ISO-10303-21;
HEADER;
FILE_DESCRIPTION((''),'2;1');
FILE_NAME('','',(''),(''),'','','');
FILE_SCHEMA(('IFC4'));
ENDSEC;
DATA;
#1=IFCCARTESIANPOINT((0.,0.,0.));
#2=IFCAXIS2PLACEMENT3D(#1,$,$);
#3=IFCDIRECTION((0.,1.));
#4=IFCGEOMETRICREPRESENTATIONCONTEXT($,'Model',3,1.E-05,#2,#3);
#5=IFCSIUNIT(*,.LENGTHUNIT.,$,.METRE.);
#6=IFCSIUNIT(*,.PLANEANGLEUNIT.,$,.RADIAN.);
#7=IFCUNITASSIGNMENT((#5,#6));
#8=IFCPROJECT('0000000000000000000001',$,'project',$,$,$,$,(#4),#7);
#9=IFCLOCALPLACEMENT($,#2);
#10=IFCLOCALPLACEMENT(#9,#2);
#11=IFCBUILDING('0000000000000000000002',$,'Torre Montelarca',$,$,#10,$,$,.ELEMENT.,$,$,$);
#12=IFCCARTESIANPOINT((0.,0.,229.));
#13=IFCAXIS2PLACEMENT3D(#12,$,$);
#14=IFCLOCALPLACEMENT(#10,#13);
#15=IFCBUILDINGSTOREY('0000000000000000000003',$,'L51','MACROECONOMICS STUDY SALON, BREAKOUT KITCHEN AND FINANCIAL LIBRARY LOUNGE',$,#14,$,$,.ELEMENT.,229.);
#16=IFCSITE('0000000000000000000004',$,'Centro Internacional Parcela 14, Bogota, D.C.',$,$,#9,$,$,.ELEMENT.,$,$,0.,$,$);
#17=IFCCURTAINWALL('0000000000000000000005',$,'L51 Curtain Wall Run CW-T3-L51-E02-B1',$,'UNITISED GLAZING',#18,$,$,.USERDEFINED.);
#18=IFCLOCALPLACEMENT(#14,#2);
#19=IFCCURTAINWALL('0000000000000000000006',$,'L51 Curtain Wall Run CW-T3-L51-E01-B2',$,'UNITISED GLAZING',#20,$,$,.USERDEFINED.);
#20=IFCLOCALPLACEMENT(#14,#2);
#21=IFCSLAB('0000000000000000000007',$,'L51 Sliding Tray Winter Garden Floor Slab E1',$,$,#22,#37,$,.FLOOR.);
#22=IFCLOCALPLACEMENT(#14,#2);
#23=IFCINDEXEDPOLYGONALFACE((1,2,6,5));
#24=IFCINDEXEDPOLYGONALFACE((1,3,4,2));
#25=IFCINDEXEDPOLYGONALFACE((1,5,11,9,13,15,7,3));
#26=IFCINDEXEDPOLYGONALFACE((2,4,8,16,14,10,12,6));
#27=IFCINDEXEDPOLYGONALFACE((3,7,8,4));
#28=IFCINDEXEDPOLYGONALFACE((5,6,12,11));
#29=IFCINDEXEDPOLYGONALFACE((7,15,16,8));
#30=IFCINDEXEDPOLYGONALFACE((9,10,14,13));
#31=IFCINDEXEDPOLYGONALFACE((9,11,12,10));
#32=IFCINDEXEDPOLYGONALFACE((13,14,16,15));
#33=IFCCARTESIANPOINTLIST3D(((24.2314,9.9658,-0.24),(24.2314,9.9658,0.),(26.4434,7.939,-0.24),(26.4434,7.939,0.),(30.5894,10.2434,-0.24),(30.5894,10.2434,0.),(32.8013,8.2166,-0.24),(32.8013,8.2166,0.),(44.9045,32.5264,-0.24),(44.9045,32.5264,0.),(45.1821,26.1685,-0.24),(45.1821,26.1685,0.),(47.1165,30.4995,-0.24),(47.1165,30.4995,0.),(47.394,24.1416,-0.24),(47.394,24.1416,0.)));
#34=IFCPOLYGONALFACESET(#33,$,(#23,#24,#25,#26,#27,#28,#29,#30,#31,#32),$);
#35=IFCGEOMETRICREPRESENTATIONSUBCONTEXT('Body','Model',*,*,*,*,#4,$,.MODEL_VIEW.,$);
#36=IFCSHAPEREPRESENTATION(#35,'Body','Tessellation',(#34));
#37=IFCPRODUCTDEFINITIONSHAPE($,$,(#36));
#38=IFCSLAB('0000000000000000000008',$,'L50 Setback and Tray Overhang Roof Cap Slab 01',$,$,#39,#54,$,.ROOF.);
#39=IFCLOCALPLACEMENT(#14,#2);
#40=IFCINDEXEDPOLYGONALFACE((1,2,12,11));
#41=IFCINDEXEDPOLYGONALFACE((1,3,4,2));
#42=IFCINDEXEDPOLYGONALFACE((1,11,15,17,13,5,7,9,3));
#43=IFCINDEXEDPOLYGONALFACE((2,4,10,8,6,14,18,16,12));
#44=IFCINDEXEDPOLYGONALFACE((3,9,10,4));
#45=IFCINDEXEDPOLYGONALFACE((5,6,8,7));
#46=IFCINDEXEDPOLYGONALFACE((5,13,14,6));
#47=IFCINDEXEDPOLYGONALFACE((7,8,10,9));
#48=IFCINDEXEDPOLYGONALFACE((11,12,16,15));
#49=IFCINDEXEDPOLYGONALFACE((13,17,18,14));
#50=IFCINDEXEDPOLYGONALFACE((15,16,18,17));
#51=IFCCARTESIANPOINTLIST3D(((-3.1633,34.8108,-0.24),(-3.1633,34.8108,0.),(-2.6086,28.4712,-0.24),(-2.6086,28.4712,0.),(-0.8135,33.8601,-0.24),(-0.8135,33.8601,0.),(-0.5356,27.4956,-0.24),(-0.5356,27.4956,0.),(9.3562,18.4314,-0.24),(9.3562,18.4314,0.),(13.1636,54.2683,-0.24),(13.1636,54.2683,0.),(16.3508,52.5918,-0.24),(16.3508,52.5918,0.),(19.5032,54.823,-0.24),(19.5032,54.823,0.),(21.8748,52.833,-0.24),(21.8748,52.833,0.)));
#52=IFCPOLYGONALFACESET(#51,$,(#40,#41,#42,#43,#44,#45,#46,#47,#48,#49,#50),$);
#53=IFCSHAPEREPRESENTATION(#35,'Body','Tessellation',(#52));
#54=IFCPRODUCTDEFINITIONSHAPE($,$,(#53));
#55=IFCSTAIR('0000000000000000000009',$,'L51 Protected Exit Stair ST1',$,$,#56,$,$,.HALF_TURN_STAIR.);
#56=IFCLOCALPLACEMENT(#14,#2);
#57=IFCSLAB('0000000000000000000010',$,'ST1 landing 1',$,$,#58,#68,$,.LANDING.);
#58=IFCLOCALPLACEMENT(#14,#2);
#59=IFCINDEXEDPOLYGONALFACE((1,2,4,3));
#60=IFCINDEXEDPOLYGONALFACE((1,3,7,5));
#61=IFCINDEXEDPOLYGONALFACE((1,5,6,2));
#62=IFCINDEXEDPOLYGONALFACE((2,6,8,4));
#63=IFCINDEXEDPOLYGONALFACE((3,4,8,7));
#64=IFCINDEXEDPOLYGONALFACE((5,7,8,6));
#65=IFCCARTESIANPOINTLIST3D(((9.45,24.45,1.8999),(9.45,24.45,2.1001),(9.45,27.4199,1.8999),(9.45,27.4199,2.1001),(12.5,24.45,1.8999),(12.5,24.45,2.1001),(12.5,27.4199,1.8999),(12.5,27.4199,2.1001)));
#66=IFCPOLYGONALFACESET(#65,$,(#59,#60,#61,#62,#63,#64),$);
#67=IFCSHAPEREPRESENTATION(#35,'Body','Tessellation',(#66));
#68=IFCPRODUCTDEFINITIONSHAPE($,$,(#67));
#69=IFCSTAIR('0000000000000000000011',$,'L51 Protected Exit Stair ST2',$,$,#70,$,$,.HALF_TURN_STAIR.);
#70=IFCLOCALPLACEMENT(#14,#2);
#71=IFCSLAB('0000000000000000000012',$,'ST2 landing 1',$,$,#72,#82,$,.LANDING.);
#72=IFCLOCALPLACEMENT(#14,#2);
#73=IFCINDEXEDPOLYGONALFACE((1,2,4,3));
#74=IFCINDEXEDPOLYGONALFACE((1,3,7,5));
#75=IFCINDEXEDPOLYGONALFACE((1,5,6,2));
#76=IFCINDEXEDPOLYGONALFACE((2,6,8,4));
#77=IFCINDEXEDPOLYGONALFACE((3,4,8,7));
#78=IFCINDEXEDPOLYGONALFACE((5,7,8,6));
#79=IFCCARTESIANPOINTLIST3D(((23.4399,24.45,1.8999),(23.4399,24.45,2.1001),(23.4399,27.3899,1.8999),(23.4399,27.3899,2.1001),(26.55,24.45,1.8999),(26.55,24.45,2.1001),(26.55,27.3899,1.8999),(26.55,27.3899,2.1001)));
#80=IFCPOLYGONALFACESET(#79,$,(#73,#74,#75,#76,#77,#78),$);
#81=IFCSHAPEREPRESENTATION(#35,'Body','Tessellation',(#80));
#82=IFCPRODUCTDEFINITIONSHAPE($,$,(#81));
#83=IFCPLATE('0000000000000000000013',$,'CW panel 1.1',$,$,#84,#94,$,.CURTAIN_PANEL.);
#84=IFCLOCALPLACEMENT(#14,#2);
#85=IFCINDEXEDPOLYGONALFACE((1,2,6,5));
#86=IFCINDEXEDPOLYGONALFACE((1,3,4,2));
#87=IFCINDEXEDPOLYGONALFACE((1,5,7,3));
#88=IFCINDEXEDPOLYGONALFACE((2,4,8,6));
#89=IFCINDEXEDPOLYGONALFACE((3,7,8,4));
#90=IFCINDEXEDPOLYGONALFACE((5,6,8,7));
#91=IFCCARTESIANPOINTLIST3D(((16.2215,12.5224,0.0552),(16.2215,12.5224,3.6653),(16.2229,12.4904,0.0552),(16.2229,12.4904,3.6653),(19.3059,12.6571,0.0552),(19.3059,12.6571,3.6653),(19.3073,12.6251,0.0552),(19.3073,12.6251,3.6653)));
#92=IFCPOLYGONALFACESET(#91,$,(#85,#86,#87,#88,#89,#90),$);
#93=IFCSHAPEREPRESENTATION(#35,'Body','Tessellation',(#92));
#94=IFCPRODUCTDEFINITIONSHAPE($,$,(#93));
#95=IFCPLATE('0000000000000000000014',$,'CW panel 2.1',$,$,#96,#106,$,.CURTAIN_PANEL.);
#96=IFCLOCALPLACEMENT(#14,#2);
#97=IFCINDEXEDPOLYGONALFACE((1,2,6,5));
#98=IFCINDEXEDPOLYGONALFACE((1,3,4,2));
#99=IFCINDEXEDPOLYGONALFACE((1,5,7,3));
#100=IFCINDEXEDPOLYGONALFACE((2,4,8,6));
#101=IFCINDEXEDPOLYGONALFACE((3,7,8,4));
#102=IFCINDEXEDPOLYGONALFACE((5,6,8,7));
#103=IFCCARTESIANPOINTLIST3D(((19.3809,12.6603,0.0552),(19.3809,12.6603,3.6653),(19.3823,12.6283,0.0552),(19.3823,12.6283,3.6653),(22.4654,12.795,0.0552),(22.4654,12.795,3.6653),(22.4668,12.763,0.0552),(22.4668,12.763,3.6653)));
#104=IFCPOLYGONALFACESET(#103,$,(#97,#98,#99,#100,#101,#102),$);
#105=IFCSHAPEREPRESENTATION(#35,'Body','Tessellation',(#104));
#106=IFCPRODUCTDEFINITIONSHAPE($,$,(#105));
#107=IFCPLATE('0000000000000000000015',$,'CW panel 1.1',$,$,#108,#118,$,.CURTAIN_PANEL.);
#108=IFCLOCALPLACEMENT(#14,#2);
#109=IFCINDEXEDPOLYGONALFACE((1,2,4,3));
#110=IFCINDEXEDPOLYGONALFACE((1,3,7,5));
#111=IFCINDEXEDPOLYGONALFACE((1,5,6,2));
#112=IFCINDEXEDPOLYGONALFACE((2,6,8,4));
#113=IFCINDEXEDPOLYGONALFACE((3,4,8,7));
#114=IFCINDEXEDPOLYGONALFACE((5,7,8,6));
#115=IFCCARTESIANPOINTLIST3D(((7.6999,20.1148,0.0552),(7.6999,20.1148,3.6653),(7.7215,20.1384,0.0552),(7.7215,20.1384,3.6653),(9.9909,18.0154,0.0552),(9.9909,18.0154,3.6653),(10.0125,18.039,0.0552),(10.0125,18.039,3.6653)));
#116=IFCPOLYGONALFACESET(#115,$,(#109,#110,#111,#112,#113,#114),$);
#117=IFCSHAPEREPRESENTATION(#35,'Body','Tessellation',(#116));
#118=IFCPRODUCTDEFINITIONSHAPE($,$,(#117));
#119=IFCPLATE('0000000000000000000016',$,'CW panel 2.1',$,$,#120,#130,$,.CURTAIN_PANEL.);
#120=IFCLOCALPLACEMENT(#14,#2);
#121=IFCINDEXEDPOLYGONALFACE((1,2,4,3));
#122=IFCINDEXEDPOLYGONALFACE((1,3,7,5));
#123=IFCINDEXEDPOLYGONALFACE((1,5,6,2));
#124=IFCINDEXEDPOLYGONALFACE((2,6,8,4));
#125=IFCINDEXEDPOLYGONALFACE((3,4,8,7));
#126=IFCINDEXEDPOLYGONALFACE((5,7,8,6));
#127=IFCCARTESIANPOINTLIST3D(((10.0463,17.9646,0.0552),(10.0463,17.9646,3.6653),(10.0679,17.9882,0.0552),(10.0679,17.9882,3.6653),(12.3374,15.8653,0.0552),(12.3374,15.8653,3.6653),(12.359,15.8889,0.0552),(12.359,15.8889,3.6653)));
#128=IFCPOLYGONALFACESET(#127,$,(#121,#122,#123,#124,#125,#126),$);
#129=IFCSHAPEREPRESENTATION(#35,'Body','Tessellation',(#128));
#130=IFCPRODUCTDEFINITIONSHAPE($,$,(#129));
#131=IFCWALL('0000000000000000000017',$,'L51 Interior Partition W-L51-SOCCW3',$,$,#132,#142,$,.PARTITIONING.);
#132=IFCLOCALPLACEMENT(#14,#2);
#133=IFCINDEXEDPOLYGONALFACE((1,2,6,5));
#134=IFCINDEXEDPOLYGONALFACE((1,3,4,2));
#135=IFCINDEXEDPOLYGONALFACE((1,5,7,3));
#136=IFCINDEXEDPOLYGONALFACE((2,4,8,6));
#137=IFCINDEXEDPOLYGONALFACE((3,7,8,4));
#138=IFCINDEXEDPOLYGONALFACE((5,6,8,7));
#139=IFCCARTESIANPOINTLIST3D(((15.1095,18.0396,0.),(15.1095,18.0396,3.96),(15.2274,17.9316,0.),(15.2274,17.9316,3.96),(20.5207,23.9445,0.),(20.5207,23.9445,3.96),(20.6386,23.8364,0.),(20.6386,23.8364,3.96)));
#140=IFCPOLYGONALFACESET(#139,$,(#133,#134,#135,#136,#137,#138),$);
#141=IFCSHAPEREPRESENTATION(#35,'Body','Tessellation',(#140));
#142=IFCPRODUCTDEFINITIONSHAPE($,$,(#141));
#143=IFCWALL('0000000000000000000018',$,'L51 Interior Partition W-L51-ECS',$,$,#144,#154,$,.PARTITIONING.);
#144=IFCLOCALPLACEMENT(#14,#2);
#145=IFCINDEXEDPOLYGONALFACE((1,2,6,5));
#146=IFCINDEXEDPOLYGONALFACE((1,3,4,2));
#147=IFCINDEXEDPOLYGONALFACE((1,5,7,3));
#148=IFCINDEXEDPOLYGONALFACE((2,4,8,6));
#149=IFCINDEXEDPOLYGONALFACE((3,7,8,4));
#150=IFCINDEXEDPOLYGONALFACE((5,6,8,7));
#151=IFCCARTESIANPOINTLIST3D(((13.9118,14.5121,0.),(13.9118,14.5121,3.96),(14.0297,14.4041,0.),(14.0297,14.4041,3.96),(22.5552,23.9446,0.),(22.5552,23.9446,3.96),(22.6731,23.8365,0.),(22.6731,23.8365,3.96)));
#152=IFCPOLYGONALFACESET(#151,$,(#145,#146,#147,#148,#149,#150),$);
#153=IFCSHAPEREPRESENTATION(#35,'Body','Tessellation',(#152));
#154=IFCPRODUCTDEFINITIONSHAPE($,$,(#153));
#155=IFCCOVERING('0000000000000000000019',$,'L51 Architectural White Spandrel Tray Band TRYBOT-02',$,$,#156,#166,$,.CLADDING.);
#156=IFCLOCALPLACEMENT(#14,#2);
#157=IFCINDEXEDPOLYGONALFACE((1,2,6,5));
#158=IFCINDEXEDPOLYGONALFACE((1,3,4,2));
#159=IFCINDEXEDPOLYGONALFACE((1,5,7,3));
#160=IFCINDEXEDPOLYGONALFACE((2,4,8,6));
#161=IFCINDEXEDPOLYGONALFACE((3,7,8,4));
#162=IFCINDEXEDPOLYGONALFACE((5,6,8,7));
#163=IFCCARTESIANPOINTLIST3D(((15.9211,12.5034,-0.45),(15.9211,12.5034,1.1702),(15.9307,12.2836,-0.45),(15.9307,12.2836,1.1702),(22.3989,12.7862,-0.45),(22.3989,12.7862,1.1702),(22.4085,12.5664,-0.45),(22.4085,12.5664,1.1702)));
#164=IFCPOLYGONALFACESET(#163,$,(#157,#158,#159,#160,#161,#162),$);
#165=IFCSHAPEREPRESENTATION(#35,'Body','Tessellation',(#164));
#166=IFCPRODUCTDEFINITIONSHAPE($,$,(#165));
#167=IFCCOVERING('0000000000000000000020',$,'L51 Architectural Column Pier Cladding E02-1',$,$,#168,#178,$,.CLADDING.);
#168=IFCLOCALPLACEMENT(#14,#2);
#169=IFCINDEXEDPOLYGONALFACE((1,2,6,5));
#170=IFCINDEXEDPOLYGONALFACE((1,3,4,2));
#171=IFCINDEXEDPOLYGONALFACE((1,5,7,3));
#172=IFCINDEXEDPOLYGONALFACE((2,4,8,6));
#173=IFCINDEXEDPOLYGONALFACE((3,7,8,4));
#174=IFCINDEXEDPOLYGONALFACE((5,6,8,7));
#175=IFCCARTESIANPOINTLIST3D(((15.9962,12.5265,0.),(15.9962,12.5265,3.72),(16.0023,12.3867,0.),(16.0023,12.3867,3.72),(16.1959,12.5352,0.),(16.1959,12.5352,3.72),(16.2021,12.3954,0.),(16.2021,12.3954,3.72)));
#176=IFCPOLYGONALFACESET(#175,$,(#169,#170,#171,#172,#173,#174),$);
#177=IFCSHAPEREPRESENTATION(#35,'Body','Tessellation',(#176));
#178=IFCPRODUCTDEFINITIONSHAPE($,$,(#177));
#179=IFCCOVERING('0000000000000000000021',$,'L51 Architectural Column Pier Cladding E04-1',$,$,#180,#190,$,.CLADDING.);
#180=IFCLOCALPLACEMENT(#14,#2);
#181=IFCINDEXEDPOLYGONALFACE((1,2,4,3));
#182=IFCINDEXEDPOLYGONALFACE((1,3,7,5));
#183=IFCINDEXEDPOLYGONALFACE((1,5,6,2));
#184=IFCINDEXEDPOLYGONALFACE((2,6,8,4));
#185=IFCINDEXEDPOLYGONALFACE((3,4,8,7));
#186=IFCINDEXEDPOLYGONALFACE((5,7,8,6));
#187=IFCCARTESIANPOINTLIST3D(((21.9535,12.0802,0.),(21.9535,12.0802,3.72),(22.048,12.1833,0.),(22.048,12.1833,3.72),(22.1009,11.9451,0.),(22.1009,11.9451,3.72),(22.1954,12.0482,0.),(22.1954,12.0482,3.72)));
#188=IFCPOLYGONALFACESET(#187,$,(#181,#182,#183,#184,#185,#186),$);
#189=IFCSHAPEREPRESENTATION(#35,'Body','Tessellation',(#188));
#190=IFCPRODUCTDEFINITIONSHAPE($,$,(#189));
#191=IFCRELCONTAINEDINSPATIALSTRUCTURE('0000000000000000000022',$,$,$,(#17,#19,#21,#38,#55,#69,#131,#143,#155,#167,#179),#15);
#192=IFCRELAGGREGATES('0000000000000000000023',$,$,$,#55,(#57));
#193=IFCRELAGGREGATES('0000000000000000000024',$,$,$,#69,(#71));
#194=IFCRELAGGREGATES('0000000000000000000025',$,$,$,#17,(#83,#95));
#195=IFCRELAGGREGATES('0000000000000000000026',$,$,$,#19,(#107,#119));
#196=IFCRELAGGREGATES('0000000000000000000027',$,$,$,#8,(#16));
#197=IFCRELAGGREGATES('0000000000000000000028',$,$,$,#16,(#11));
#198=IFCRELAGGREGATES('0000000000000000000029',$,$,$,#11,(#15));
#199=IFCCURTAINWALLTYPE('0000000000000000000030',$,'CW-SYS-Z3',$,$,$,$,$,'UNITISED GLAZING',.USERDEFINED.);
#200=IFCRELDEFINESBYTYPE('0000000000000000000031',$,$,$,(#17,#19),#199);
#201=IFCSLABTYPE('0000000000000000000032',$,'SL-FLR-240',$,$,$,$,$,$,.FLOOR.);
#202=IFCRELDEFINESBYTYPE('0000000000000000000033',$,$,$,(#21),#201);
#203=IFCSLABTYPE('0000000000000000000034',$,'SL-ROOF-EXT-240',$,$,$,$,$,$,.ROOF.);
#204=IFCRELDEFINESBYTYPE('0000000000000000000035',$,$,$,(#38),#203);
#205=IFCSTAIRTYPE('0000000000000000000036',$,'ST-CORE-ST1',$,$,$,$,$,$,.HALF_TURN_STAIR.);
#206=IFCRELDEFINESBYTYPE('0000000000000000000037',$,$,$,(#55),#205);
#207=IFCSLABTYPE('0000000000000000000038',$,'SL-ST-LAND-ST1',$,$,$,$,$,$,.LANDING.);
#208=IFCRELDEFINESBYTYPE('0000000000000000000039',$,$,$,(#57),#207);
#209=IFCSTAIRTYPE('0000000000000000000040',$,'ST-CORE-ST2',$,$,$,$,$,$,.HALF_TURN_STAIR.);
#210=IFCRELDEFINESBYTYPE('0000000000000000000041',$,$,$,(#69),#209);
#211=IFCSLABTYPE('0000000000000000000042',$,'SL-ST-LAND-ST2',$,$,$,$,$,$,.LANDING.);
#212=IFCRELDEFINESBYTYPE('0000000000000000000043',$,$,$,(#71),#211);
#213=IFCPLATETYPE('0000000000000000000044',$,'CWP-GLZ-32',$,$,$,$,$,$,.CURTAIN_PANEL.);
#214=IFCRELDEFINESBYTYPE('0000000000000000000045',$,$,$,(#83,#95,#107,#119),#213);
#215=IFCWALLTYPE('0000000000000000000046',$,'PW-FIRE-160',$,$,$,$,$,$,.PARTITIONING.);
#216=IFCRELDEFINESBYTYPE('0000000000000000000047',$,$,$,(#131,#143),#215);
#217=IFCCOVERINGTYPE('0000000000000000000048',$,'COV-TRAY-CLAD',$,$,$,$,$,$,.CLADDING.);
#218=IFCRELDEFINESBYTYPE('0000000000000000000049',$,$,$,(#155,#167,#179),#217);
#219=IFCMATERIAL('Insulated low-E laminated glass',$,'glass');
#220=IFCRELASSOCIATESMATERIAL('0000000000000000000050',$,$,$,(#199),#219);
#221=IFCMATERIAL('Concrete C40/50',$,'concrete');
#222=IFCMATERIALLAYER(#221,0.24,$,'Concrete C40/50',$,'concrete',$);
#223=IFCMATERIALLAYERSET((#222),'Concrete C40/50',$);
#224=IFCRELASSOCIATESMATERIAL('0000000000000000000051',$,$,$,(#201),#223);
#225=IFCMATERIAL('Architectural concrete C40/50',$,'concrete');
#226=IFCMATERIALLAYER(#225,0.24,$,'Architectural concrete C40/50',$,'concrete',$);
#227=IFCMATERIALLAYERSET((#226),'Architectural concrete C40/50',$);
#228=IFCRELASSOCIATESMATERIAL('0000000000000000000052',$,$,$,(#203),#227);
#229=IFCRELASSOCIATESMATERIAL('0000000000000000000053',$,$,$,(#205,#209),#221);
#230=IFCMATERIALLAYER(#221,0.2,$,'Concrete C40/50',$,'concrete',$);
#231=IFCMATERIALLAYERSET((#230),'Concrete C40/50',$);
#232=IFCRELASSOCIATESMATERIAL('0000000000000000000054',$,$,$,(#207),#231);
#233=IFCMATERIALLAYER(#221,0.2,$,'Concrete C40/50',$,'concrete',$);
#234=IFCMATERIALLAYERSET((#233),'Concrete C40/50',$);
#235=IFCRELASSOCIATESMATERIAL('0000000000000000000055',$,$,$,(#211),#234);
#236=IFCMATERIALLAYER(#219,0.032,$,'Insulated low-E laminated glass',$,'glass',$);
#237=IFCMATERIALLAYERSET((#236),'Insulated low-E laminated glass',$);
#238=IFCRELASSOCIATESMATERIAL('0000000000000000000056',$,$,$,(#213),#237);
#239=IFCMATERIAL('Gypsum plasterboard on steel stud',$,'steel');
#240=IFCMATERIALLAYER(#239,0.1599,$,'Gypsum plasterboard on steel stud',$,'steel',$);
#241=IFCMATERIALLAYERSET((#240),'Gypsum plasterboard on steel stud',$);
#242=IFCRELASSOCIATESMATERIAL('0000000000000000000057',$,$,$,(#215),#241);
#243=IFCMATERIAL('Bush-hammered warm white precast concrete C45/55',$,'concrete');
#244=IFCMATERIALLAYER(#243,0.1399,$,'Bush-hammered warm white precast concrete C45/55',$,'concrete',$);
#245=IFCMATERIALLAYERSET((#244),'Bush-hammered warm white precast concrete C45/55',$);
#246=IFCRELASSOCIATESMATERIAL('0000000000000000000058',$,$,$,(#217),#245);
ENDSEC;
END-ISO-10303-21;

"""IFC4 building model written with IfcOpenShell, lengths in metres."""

from ifc_helpers import new_model, si_unit, direction, frame, frame_2d, origin, origin_2d, place, context, subcontext, project, spatial, polyline, rectangle, outline, extrude, source, transform, mapped, material, layer, layer_set, type_object, element, aggregate, save


model = new_model("IFC4")

# Units and contexts
model_context = context("Model", 3, precision=1e-05, world=origin(), true_north=direction((0.0, 1.0)))
body_context = subcontext(model_context, "Body", "Model", "MODEL_VIEW")
ifc_project = project(units=[si_unit("LENGTHUNIT", "METRE"), si_unit("PLANEANGLEUNIT", "RADIAN")], contexts=[model_context])

# Site, building, storey
site_placement = place(None, origin())
site = spatial("IfcSite", under=ifc_project, at=site_placement, Name="Centro Internacional Parcela 14, Bogota, D.C.", CompositionType="ELEMENT", RefElevation=0.0)
building_placement = place(site_placement, origin())
building = spatial("IfcBuilding", under=site, at=building_placement, Name="Torre Montelarca", CompositionType="ELEMENT")
storey_placement = place(building_placement, frame((0.0, 0.0, 229.0)))
storey = spatial("IfcBuildingStorey", under=building, at=storey_placement, Name="L51", Description="MACROECONOMICS STUDY SALON, BREAKOUT KITCHEN AND FINANCIAL LIBRARY LOUNGE", CompositionType="ELEMENT", Elevation=229.0)

# Curtain walls
ifc_material_1 = material(Name="Insulated low-E laminated glass", Category="glass")
curtain_wall_type = type_object("IfcCurtainWallType", Name="CW-SYS-Z3", ElementType="UNITISED GLAZING", PredefinedType="USERDEFINED", material=ifc_material_1)
curtain_wall_1_placement = place(storey_placement, origin())
curtain_wall_1 = element("IfcCurtainWall", 1, at=curtain_wall_1_placement, inside=storey, type_object=curtain_wall_type, Name="L51 Curtain Wall Run CW-T3-L51-E02-B1", ObjectType="UNITISED GLAZING", PredefinedType="USERDEFINED")
curtain_wall_2_placement = place(storey_placement, origin())
curtain_wall_2 = element("IfcCurtainWall", 2, at=curtain_wall_2_placement, inside=storey, type_object=curtain_wall_type, Name="L51 Curtain Wall Run CW-T3-L51-E01-B2", ObjectType="UNITISED GLAZING", PredefinedType="USERDEFINED")

# Slabs
ifc_material_2 = material(Name="Concrete C40/50", Category="concrete")
ifc_layer_1 = layer(ifc_material_2, 0.24, Name="Concrete C40/50", Category="concrete")
ifc_layer_set_1 = layer_set([ifc_layer_1], Name="Concrete C40/50")
slab_type_1 = type_object("IfcSlabType", Name="SL-FLR-240", PredefinedType="FLOOR", material=ifc_layer_set_1)
slab_1_placement = place(storey_placement, frame((0.0, 0.0, -0.24)))
element("IfcSlab", 3, at=slab_1_placement, inside=storey, type_object=slab_type_1, Name="L51 Sliding Tray Winter Garden Floor Slab E1", PredefinedType="FLOOR", context=body_context, shape_type="SweptSolid", body=[
    extrude(outline(polyline([(44.9045, 32.5264), (45.1821, 26.1685), (30.5894, 10.2434), (24.2314, 9.9658), (26.4434, 7.939), (32.8013, 8.2166), (47.394, 24.1416), (47.1165, 30.4995), (44.9045, 32.5264)])), origin(), (0.0, 0.0, 1.0), 0.24),
])
ifc_material_3 = material(Name="Architectural concrete C40/50", Category="concrete")
ifc_layer_2 = layer(ifc_material_3, 0.24, Name="Architectural concrete C40/50", Category="concrete")
ifc_layer_set_2 = layer_set([ifc_layer_2], Name="Architectural concrete C40/50")
slab_type_2 = type_object("IfcSlabType", Name="SL-ROOF-EXT-240", PredefinedType="ROOF", material=ifc_layer_set_2)
slab_2_placement = place(storey_placement, frame((0.0, 0.0, -0.24)))
element("IfcSlab", 4, at=slab_2_placement, inside=storey, type_object=slab_type_2, Name="L50 Setback and Tray Overhang Roof Cap Slab 01", PredefinedType="ROOF", context=body_context, shape_type="SweptSolid", body=[
    extrude(outline(polyline([(-0.5356, 27.4956), (-0.8135, 33.8601), (16.3508, 52.5918), (21.8748, 52.833), (19.5032, 54.823), (13.1636, 54.2683), (-3.1633, 34.8108), (-2.6086, 28.4712), (9.3562, 18.4314), (-0.5356, 27.4956)])), origin(), (0.0, 0.0, 1.0), 0.24),
])

# Stairs, slabs
stair_type_1 = type_object("IfcStairType", Name="ST-CORE-ST1", PredefinedType="HALF_TURN_STAIR", material=ifc_material_2)
stair_1_placement = place(storey_placement, origin())
stair_1 = element("IfcStair", 5, at=stair_1_placement, inside=storey, type_object=stair_type_1, Name="L51 Protected Exit Stair ST1", PredefinedType="HALF_TURN_STAIR")
ifc_layer_3 = layer(ifc_material_2, 0.2, Name="Concrete C40/50", Category="concrete")
ifc_layer_set_3 = layer_set([ifc_layer_3], Name="Concrete C40/50")
slab_type_3 = type_object("IfcSlabType", Name="SL-ST-LAND-ST1", PredefinedType="LANDING", material=ifc_layer_set_3)
slab_3_placement = place(storey_placement, frame((0.0, 0.0, 1.8999)))
slab_3 = element("IfcSlab", 6, at=slab_3_placement, type_object=slab_type_3, Name="ST1 landing 1", PredefinedType="LANDING", context=body_context, shape_type="SweptSolid", body=[
    extrude(outline(polyline([(9.45, 27.4199), (9.45, 24.45), (12.5, 24.45), (12.5, 27.4199), (9.45, 27.4199)])), origin(), (0.0, 0.0, 1.0), 0.2002),
])
aggregate(stair_1, [slab_3])
stair_type_2 = type_object("IfcStairType", Name="ST-CORE-ST2", PredefinedType="HALF_TURN_STAIR", material=ifc_material_2)
stair_2_placement = place(storey_placement, origin())
stair_2 = element("IfcStair", 7, at=stair_2_placement, inside=storey, type_object=stair_type_2, Name="L51 Protected Exit Stair ST2", PredefinedType="HALF_TURN_STAIR")
ifc_layer_4 = layer(ifc_material_2, 0.2, Name="Concrete C40/50", Category="concrete")
ifc_layer_set_4 = layer_set([ifc_layer_4], Name="Concrete C40/50")
slab_type_4 = type_object("IfcSlabType", Name="SL-ST-LAND-ST2", PredefinedType="LANDING", material=ifc_layer_set_4)
slab_4_placement = place(storey_placement, frame((0.0, 0.0, 1.8999)))
slab_4 = element("IfcSlab", 8, at=slab_4_placement, type_object=slab_type_4, Name="ST2 landing 1", PredefinedType="LANDING", context=body_context, shape_type="SweptSolid", body=[
    extrude(outline(polyline([(23.4399, 27.3899), (23.4399, 24.45), (26.55, 24.45), (26.55, 27.3899), (23.4399, 27.3899)])), origin(), (0.0, 0.0, 1.0), 0.2002),
])
aggregate(stair_2, [slab_4])

# Plates
ifc_layer_5 = layer(ifc_material_1, 0.032, Name="Insulated low-E laminated glass", Category="glass")
ifc_layer_set_5 = layer_set([ifc_layer_5], Name="Insulated low-E laminated glass")
plate_type = type_object("IfcPlateType", Name="CWP-GLZ-32", PredefinedType="CURTAIN_PANEL", material=ifc_layer_set_5)
shared_shape_1 = source(origin(), body_context, "Body", "SweptSolid", [
    extrude(rectangle(XDim=3.0874, YDim=0.032, at=origin_2d()), origin(), (0.0, 0.0, 1.0), 3.6101),
])
plate_1_placement = place(storey_placement, frame((17.7644, 12.5737, 0.0552), z_axis=(0.0, 0.0, 1.0), x_axis=(0.999048, 0.043625, 0.0)))
plate_1 = element("IfcPlate", 9, at=plate_1_placement, type_object=plate_type, Name="CW panel 1.1", PredefinedType="CURTAIN_PANEL", context=body_context, shape_type="MappedRepresentation", body=[
    mapped(shared_shape_1, transform((0.0, 0.0, 0.0), scale=1.0)),
])
plate_2_placement = place(storey_placement, frame((20.9238, 12.7117, 0.0552), z_axis=(0.0, 0.0, 1.0), x_axis=(0.999048, 0.043625, 0.0)))
plate_2 = element("IfcPlate", 10, at=plate_2_placement, type_object=plate_type, Name="CW panel 2.1", PredefinedType="CURTAIN_PANEL", context=body_context, shape_type="MappedRepresentation", body=[
    mapped(shared_shape_1, transform((0.0, 0.0, 0.0), scale=1.0)),
])
aggregate(curtain_wall_1, [plate_1, plate_2])
shared_shape_2 = source(origin(), body_context, "Body", "SweptSolid", [
    extrude(rectangle(XDim=3.1074, YDim=0.032, at=origin_2d()), origin(), (0.0, 0.0, 1.0), 3.6101),
])
plate_3_placement = place(storey_placement, frame((8.8562, 19.0769, 0.0552), z_axis=(0.0, 0.0, 1.0), x_axis=(0.73728, -0.675588, 0.0)))
plate_3 = element("IfcPlate", 11, at=plate_3_placement, type_object=plate_type, Name="CW panel 1.1", PredefinedType="CURTAIN_PANEL", context=body_context, shape_type="MappedRepresentation", body=[
    mapped(shared_shape_2, transform((0.0, 0.0, 0.0), scale=1.0)),
])
plate_4_placement = place(storey_placement, frame((11.2026, 16.9268, 0.0552), z_axis=(0.0, 0.0, 1.0), x_axis=(0.73728, -0.675588, 0.0)))
plate_4 = element("IfcPlate", 12, at=plate_4_placement, type_object=plate_type, Name="CW panel 2.1", PredefinedType="CURTAIN_PANEL", context=body_context, shape_type="MappedRepresentation", body=[
    mapped(shared_shape_2, transform((0.0, 0.0, 0.0), scale=1.0)),
])
aggregate(curtain_wall_2, [plate_3, plate_4])

# Walls
ifc_material_4 = material(Name="Gypsum plasterboard on steel stud", Category="steel")
ifc_layer_6 = layer(ifc_material_4, 0.1599, Name="Gypsum plasterboard on steel stud", Category="steel")
ifc_layer_set_6 = layer_set([ifc_layer_6], Name="Gypsum plasterboard on steel stud")
wall_type = type_object("IfcWallType", Name="PW-FIRE-160", PredefinedType="PARTITIONING", material=ifc_layer_set_6)
wall_1_placement = place(storey_placement, frame((15.1685, 17.9856, 0.0), z_axis=(0.0, 0.0, 1.0), x_axis=(0.675617, 0.737253, 0.0)))
element("IfcWall", 13, at=wall_1_placement, inside=storey, type_object=wall_type, Name="L51 Interior Partition W-L51-SOCCW3", PredefinedType="PARTITIONING", context=body_context, shape_type="SweptSolid", body=[
    extrude(rectangle(XDim=8.0093, YDim=0.1599, at=frame_2d((4.0046, 0.0))), origin(), (0.0, 0.0, 1.0), 3.96),
])
wall_2_placement = place(storey_placement, frame((13.9707, 14.458, 0.0), z_axis=(0.0, 0.0, 1.0), x_axis=(0.675596, 0.737272, 0.0)))
element("IfcWall", 14, at=wall_2_placement, inside=storey, type_object=wall_type, Name="L51 Interior Partition W-L51-ECS", PredefinedType="PARTITIONING", context=body_context, shape_type="SweptSolid", body=[
    extrude(rectangle(XDim=12.7937, YDim=0.1599, at=frame_2d((6.397, 0.0))), origin(), (0.0, 0.0, 1.0), 3.96),
])

# Coverings
ifc_material_5 = material(Name="Bush-hammered warm white precast concrete C45/55", Category="concrete")
ifc_layer_7 = layer(ifc_material_5, 0.1399, Name="Bush-hammered warm white precast concrete C45/55", Category="concrete")
ifc_layer_set_7 = layer_set([ifc_layer_7], Name="Bush-hammered warm white precast concrete C45/55")
covering_type = type_object("IfcCoveringType", Name="COV-TRAY-CLAD", PredefinedType="CLADDING", material=ifc_layer_set_7)
shared_shape_3 = source(origin(), body_context, "Body", "SweptSolid", [
    extrude(rectangle(XDim=6.4839, YDim=0.22, at=origin_2d()), origin(), (0.0, 0.0, 1.0), 1.6201),
])
covering_1_placement = place(storey_placement, frame((19.1648, 12.5349, -0.45), z_axis=(0.0, 0.0, 1.0), x_axis=(0.999048, 0.043621, 0.0)))
element("IfcCovering", 15, at=covering_1_placement, inside=storey, type_object=covering_type, Name="L51 Architectural White Spandrel Tray Band TRYBOT-02", PredefinedType="CLADDING", context=body_context, shape_type="MappedRepresentation", body=[
    mapped(shared_shape_3, transform((0.0, 0.0, 0.0), scale=1.0)),
])
shared_shape_4 = source(origin(), body_context, "Body", "SweptSolid", [
    extrude(rectangle(XDim=0.2, YDim=0.1399, at=origin_2d()), origin(), (0.0, 0.0, 1.0), 3.72),
])
for number, where, z_axis, x_axis, name in (
    (16, (16.0991, 12.4609, 0.0), (0.0, 0.0, 1.0), (0.999047, 0.043637, 0.0), "L51 Architectural Column Pier Cladding E02-1"),
    (17, (22.0745, 12.0642, 0.0), (0.0, 0.0, 1.0), (0.737282, -0.675585, 0.0), "L51 Architectural Column Pier Cladding E04-1"),
):
    element("IfcCovering", number, at=place(storey_placement, frame(where, z_axis=z_axis, x_axis=x_axis)), inside=storey, type_object=covering_type, Name=name, PredefinedType="CLADDING", context=body_context, shape_type="MappedRepresentation", body=[
        mapped(shared_shape_4, transform((0.0, 0.0, 0.0), scale=1.0)),
    ])

save(model, "model.ifc")
